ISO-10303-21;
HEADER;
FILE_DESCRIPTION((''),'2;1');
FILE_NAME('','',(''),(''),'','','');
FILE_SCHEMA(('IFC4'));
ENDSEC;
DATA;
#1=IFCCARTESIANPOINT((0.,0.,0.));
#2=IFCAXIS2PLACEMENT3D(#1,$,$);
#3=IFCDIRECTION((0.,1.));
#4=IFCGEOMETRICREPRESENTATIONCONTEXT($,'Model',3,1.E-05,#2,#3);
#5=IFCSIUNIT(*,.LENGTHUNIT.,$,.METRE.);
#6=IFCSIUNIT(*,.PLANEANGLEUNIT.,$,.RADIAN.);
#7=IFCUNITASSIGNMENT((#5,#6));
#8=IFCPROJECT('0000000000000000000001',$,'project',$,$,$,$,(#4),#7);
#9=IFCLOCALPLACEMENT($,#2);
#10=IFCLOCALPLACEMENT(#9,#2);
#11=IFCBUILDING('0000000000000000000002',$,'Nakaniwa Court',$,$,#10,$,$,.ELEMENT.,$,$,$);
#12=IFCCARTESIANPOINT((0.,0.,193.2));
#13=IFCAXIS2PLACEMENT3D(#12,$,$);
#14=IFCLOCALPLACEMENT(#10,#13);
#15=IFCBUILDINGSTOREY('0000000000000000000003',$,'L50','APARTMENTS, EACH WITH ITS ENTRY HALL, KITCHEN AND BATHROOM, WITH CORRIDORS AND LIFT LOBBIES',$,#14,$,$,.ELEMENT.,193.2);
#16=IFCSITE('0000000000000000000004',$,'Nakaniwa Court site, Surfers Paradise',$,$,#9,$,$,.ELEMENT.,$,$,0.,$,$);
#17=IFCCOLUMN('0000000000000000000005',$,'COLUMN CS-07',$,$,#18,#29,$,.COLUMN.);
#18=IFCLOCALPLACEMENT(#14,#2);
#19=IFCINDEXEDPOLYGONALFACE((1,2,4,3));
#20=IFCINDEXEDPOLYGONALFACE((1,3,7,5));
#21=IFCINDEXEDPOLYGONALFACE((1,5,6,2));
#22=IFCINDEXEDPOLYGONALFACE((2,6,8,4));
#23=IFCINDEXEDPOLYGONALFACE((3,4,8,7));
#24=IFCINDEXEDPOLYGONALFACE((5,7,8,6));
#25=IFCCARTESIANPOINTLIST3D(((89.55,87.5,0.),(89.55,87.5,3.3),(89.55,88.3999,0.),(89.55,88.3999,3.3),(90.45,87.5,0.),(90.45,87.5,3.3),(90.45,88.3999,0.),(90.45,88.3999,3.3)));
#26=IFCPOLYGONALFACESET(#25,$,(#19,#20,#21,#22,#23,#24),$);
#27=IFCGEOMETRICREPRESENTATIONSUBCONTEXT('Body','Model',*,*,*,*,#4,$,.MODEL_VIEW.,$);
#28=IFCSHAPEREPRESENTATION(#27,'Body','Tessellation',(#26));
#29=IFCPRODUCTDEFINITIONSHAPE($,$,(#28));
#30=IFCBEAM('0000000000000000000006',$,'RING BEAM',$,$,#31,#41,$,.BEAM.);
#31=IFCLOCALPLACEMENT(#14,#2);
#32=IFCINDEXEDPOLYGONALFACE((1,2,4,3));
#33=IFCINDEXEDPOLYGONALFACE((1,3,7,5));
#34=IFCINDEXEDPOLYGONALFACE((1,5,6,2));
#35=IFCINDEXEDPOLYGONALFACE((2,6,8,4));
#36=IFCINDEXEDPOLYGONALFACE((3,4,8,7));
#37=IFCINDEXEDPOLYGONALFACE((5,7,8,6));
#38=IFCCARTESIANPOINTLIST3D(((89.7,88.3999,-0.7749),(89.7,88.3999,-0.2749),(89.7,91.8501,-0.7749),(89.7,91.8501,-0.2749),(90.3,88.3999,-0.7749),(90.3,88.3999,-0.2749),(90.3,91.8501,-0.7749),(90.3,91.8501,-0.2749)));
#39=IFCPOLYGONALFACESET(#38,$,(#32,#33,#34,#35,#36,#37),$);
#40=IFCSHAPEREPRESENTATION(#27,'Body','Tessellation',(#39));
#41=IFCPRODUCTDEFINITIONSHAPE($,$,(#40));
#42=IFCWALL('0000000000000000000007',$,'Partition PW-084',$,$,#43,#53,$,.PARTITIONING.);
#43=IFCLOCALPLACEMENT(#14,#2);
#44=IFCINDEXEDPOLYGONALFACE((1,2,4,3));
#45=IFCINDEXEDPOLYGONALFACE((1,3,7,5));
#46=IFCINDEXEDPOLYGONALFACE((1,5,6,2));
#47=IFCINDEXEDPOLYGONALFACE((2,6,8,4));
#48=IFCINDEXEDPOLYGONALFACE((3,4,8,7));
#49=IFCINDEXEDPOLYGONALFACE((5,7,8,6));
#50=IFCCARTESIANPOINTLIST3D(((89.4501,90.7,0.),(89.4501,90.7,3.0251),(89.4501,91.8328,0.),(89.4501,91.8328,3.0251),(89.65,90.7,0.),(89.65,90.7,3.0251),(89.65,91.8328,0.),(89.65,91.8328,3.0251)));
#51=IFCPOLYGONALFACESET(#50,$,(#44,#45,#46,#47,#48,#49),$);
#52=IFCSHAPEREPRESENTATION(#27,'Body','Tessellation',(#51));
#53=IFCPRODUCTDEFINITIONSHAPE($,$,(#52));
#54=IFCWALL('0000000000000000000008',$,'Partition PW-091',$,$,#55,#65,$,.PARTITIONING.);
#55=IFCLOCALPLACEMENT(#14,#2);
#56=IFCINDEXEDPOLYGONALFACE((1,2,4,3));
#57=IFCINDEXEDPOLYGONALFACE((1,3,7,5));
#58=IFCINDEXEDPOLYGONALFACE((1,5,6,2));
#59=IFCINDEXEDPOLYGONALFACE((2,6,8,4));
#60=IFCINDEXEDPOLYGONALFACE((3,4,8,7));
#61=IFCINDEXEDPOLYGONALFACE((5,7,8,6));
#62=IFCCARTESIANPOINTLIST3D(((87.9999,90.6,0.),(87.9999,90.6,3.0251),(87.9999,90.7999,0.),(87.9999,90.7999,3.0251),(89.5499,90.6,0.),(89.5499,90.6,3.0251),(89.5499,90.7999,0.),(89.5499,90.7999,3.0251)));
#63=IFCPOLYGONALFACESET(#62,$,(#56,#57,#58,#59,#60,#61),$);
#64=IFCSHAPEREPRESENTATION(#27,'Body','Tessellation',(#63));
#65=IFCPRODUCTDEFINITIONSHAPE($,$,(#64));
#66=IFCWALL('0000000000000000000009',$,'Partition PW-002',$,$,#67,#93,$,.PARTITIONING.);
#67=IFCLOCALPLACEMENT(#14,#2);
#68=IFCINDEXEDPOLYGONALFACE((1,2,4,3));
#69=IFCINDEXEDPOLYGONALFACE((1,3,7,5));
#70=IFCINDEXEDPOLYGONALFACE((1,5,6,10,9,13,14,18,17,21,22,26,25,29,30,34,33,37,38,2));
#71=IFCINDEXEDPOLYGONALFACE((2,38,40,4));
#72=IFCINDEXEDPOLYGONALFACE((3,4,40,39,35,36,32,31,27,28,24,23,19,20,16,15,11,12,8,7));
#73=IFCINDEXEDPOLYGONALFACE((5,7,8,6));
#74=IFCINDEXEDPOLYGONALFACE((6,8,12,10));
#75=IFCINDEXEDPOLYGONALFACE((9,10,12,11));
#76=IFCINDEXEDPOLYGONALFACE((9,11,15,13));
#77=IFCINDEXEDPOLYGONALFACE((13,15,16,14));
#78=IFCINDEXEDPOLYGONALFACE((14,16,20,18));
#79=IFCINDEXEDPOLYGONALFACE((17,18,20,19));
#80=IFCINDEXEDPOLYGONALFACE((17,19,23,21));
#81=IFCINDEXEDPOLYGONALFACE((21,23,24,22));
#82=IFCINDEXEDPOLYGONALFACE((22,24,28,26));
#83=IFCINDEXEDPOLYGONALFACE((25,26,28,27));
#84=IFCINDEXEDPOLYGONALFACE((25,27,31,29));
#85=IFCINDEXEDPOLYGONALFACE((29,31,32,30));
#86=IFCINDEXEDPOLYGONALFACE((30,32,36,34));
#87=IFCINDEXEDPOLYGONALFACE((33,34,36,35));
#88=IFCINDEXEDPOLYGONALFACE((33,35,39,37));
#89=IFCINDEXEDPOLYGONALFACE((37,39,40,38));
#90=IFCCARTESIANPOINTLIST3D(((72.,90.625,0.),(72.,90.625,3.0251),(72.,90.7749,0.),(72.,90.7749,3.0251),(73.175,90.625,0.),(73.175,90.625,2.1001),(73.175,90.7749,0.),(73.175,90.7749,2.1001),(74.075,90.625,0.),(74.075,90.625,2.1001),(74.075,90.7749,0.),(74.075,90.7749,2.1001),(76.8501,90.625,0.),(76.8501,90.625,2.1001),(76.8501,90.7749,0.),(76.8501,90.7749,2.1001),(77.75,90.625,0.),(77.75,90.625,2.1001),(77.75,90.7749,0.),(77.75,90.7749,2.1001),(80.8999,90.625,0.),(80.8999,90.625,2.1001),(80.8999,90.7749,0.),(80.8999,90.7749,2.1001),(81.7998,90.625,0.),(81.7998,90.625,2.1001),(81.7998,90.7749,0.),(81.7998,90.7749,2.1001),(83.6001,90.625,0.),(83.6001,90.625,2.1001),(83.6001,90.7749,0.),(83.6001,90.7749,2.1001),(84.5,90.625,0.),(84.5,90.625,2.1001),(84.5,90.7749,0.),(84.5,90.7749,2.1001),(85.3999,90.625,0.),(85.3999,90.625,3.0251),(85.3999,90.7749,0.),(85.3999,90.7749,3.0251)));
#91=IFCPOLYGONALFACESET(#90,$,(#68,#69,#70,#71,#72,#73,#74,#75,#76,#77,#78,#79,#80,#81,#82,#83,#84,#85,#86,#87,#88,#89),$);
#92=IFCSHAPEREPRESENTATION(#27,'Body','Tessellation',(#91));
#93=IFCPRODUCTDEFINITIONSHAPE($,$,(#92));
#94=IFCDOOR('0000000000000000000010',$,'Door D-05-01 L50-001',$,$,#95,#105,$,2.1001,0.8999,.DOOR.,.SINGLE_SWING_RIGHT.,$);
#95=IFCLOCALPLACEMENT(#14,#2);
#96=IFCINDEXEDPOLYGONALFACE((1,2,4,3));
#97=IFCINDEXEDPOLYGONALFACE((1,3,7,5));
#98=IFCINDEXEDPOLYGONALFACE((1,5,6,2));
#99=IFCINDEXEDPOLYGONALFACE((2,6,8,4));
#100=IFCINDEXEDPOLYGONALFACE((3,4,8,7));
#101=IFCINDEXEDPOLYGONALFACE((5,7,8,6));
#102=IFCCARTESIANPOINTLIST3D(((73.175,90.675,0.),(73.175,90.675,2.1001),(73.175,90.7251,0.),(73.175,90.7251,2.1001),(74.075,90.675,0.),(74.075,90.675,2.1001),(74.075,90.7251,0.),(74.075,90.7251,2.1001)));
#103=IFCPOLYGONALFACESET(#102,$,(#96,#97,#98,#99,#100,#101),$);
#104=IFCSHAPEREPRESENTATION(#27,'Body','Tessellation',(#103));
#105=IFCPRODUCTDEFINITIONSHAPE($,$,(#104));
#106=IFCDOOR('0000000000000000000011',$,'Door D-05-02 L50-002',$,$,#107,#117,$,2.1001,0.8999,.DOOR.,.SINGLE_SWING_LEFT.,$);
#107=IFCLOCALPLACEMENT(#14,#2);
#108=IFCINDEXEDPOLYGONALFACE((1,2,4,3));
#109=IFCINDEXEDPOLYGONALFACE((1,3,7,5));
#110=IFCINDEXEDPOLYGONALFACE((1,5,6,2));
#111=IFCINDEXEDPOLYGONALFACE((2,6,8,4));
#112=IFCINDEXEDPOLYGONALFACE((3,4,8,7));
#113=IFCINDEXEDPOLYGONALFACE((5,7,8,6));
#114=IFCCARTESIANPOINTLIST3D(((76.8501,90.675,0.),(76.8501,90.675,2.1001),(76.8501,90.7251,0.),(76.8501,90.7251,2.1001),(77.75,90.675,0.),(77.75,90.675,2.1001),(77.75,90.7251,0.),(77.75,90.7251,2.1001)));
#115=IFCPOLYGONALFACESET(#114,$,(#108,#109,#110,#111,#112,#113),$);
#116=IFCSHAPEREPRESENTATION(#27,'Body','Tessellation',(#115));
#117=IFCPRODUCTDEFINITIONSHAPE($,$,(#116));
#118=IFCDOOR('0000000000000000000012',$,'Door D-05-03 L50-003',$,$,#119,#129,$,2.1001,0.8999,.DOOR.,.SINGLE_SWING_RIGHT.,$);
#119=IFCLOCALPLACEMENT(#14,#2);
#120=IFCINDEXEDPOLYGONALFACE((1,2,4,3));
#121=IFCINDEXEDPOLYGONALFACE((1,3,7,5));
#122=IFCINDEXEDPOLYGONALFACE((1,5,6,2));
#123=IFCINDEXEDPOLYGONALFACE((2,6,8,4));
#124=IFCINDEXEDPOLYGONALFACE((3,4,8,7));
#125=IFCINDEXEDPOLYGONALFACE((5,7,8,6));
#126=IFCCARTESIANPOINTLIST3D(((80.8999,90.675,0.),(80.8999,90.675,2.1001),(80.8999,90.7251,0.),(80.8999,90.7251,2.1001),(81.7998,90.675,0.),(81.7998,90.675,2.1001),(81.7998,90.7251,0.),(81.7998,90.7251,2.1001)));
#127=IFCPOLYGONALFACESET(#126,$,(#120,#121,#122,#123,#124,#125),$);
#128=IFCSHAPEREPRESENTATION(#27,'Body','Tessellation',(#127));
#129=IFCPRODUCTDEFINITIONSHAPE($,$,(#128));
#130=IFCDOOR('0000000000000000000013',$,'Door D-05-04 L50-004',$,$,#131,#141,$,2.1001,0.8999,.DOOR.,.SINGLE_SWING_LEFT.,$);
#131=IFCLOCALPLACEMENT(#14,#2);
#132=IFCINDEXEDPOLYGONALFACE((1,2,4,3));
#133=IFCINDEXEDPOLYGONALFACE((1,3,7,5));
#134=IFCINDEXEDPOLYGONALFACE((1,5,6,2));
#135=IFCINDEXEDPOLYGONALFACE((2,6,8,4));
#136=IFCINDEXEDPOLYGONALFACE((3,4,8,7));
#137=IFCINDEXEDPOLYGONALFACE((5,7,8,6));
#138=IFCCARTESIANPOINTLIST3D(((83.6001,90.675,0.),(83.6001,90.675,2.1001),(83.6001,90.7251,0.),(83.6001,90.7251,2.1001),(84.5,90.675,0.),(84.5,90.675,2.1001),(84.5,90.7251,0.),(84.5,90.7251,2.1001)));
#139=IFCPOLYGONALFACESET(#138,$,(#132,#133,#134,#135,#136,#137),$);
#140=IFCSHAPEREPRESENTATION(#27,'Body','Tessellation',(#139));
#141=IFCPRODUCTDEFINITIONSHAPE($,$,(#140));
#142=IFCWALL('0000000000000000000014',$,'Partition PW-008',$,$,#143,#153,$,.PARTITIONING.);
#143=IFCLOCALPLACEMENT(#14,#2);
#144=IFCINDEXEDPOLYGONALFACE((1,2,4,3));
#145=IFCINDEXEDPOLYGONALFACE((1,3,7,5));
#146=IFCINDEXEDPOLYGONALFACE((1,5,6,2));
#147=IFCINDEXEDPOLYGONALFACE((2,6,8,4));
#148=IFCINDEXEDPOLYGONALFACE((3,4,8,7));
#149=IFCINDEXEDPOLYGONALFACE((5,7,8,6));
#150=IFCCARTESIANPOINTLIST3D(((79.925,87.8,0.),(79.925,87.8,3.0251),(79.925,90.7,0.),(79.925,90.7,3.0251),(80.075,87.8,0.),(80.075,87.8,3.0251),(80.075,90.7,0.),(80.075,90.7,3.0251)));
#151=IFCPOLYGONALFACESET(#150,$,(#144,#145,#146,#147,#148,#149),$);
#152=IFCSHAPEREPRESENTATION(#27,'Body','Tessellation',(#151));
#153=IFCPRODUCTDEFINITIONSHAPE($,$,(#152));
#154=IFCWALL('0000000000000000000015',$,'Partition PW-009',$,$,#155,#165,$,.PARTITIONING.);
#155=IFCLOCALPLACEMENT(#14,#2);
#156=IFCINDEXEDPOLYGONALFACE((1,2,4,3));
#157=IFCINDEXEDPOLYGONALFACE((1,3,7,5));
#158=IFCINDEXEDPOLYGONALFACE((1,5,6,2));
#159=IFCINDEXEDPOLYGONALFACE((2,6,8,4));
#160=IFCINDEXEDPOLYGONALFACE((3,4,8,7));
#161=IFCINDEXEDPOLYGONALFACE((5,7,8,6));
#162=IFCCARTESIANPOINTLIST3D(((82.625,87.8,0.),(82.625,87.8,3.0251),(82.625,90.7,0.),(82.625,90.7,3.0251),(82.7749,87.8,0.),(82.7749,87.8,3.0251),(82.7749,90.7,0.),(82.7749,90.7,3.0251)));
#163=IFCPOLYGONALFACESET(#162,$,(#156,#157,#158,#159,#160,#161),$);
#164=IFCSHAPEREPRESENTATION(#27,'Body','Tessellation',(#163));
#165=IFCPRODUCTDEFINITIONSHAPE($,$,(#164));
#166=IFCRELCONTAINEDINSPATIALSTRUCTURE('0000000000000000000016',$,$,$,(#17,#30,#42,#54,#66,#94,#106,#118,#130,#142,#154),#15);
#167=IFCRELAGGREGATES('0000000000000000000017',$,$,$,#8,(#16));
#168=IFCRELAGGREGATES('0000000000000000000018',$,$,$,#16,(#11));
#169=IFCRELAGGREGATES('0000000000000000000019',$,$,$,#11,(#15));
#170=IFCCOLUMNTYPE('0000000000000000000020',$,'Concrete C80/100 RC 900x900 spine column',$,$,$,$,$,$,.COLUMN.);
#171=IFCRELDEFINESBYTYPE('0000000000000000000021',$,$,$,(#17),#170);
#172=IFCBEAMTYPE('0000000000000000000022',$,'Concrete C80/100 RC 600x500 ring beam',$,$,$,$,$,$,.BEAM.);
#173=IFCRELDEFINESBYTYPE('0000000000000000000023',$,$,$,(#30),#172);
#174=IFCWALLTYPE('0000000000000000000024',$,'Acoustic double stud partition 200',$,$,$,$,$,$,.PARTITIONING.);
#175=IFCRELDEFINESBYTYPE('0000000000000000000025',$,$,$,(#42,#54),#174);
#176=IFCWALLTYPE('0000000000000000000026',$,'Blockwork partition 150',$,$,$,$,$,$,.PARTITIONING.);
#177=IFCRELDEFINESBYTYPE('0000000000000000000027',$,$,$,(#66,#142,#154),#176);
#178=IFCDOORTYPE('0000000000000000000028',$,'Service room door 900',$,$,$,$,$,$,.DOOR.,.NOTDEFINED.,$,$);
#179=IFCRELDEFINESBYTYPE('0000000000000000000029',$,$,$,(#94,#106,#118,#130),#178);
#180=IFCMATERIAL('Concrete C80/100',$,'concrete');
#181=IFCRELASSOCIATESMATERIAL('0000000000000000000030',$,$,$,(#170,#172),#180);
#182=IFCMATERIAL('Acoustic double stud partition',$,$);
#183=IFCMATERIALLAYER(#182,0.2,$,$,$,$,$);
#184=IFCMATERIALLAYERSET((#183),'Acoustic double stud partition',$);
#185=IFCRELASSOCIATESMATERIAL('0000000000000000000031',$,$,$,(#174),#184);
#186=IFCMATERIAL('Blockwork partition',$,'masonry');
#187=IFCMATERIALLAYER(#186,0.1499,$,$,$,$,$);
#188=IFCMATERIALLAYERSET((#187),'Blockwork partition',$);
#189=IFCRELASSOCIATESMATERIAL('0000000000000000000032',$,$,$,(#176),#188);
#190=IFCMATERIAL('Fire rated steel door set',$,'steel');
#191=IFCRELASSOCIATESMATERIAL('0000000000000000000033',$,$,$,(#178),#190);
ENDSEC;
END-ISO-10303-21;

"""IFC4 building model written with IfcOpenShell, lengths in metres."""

from ifc_helpers import new_model, si_unit, direction, frame, frame_2d, origin, origin_2d, place, context, subcontext, project, spatial, rectangle, extrude, material, layer, layer_set, material_profile, profile_set, type_object, element, fill, save


model = new_model("IFC4")

# Units and contexts
model_context = context("Model", 3, precision=1e-05, world=origin(), true_north=direction((0.0, 1.0)))
body_context = subcontext(model_context, "Body", "Model", "MODEL_VIEW")
ifc_project = project(units=[si_unit("LENGTHUNIT", "METRE"), si_unit("PLANEANGLEUNIT", "RADIAN")], contexts=[model_context])

# Site, building, storey
site_placement = place(None, origin())
site = spatial("IfcSite", under=ifc_project, at=site_placement, Name="Nakaniwa Court site, Surfers Paradise", CompositionType="ELEMENT", RefElevation=0.0)
building_placement = place(site_placement, origin())
building = spatial("IfcBuilding", under=site, at=building_placement, Name="Nakaniwa Court", CompositionType="ELEMENT")
storey_placement = place(building_placement, frame((0.0, 0.0, 193.2)))
storey = spatial("IfcBuildingStorey", under=building, at=storey_placement, Name="L50", Description="APARTMENTS, EACH WITH ITS ENTRY HALL, KITCHEN AND BATHROOM, WITH CORRIDORS AND LIFT LOBBIES", CompositionType="ELEMENT", Elevation=193.2)

# Column
ifc_material_1 = material(Name="Concrete C80/100", Category="concrete")
ifc_material_profile_1 = material_profile(ifc_material_1, rectangle(XDim=0.8999, YDim=0.8999, at=origin_2d()), Name="Concrete C80/100 RC 900x900 spine column")
ifc_profile_set_1 = profile_set([ifc_material_profile_1], Name="Concrete C80/100")
column_type_1 = type_object("IfcColumnType", Name="Concrete C80/100 RC 900x900 spine column", PredefinedType="COLUMN", material=ifc_profile_set_1)
column_1_placement = place(storey_placement, frame((90.0, 87.95, 0.0), z_axis=(0.0, 0.0, 1.0), x_axis=(0.0, 1.0, 0.0)))
element("IfcColumn", 1, at=column_1_placement, inside=storey, type_object=column_type_1, Name="COLUMN CS-07", PredefinedType="COLUMN", context=body_context, shape_type="SweptSolid", body=[
    extrude(rectangle(XDim=0.8999, YDim=0.8999, at=origin_2d()), origin(), (0.0, 0.0, 1.0), 3.3),
])

# Beam
ifc_material_profile_2 = material_profile(ifc_material_1, rectangle(XDim=0.6001, YDim=0.5, at=origin_2d()), Name="Concrete C80/100 RC 600x500 ring beam")
ifc_profile_set_2 = profile_set([ifc_material_profile_2], Name="Concrete C80/100")
beam_type = type_object("IfcBeamType", Name="Concrete C80/100 RC 600x500 ring beam", PredefinedType="BEAM", material=ifc_profile_set_2)
beam_placement = place(storey_placement, frame((90.0, 88.3999, -0.5249), z_axis=(0.0, 1.0, 0.0), x_axis=(-1.0, 0.0, 0.0)))
element("IfcBeam", 2, at=beam_placement, inside=storey, type_object=beam_type, Name="RING BEAM", PredefinedType="BEAM", context=body_context, shape_type="SweptSolid", body=[
    extrude(rectangle(XDim=0.6001, YDim=0.5, at=origin_2d()), origin(), (0.0, 0.0, 1.0), 3.4502),
])

# Walls
ifc_material_2 = material(Name="Acoustic double stud partition")
ifc_layer_1 = layer(ifc_material_2, 0.2)
ifc_layer_set_1 = layer_set([ifc_layer_1], Name="Acoustic double stud partition")
wall_type_1 = type_object("IfcWallType", Name="Acoustic double stud partition 200", PredefinedType="PARTITIONING", material=ifc_layer_set_1)
wall_1_placement = place(storey_placement, frame((89.55, 90.7, 0.0), z_axis=(0.0, 0.0, 1.0), x_axis=(0.0, 1.0, 0.0)))
element("IfcWall", 3, at=wall_1_placement, inside=storey, type_object=wall_type_1, Name="Partition PW-084", PredefinedType="PARTITIONING", context=body_context, shape_type="SweptSolid", body=[
    extrude(rectangle(XDim=1.1328, YDim=0.2, at=frame_2d((0.5664, 0.0))), origin(), (0.0, 0.0, 1.0), 3.0251),
])
wall_2_placement = place(storey_placement, frame((88.0, 90.7, 0.0), z_axis=(0.0, 0.0, 1.0), x_axis=(1.0, 0.0, 0.0)))
element("IfcWall", 4, at=wall_2_placement, inside=storey, type_object=wall_type_1, Name="Partition PW-091", PredefinedType="PARTITIONING", context=body_context, shape_type="SweptSolid", body=[
    extrude(rectangle(XDim=1.55, YDim=0.2, at=frame_2d((0.7749, 0.0))), origin(), (0.0, 0.0, 1.0), 3.0251),
])

# Wall, openings, doors
ifc_material_3 = material(Name="Blockwork partition", Category="masonry")
ifc_layer_2 = layer(ifc_material_3, 0.1499)
ifc_layer_set_2 = layer_set([ifc_layer_2], Name="Blockwork partition")
wall_type_2 = type_object("IfcWallType", Name="Blockwork partition 150", PredefinedType="PARTITIONING", material=ifc_layer_set_2)
wall_3_placement = place(storey_placement, frame((85.3999, 90.7, 0.0), z_axis=(0.0, 0.0, 1.0), x_axis=(-1.0, 0.0, 0.0)))
wall_3 = element("IfcWall", 5, at=wall_3_placement, inside=storey, type_object=wall_type_2, Name="Partition PW-002", PredefinedType="PARTITIONING", context=body_context, shape_type="SweptSolid", body=[
    extrude(rectangle(XDim=13.3999, YDim=0.1499, at=frame_2d((6.7, 0.0))), origin(), (0.0, 0.0, 1.0), 3.0251),
])
opening_1_placement = place(wall_3_placement, frame((11.325, 0.0, 0.0)))
opening_1 = element("IfcOpeningElement", 6, at=opening_1_placement, cuts=wall_3, PredefinedType="OPENING", context=body_context, shape_type="SweptSolid", body=[
    extrude(rectangle(XDim=0.8999, YDim=2.1001, at=frame_2d((0.45, 1.05))), frame((0.0, 0.085, 0.0), z_axis=(0.0, -1.0, 0.0), x_axis=(1.0, 0.0, 0.0)), (0.0, 0.0, 1.0), 0.1699),
])
opening_2_placement = place(wall_3_placement, frame((7.6499, 0.0, 0.0)))
opening_2 = element("IfcOpeningElement", 7, at=opening_2_placement, cuts=wall_3, PredefinedType="OPENING", context=body_context, shape_type="SweptSolid", body=[
    extrude(rectangle(XDim=0.8999, YDim=2.1001, at=frame_2d((0.45, 1.05))), frame((0.0, 0.085, 0.0), z_axis=(0.0, -1.0, 0.0), x_axis=(1.0, 0.0, 0.0)), (0.0, 0.0, 1.0), 0.1699),
])
opening_3_placement = place(wall_3_placement, frame((3.6001, 0.0, 0.0)))
opening_3 = element("IfcOpeningElement", 8, at=opening_3_placement, cuts=wall_3, PredefinedType="OPENING", context=body_context, shape_type="SweptSolid", body=[
    extrude(rectangle(XDim=0.8999, YDim=2.1001, at=frame_2d((0.45, 1.05))), frame((0.0, 0.085, 0.0), z_axis=(0.0, -1.0, 0.0), x_axis=(1.0, 0.0, 0.0)), (0.0, 0.0, 1.0), 0.1699),
])
opening_4_placement = place(wall_3_placement, frame((0.8999, 0.0, 0.0)))
opening_4 = element("IfcOpeningElement", 9, at=opening_4_placement, cuts=wall_3, PredefinedType="OPENING", context=body_context, shape_type="SweptSolid", body=[
    extrude(rectangle(XDim=0.8999, YDim=2.1001, at=frame_2d((0.45, 1.05))), frame((0.0, 0.085, 0.0), z_axis=(0.0, -1.0, 0.0), x_axis=(1.0, 0.0, 0.0)), (0.0, 0.0, 1.0), 0.1699),
])
ifc_material_4 = material(Name="Fire rated steel door set", Category="steel")
door_type_1 = type_object("IfcDoorType", Name="Service room door 900", OperationType="NOTDEFINED", PredefinedType="DOOR", material=ifc_material_4)
door_1_placement = place(opening_1_placement, origin())
door_1 = element("IfcDoor", 10, at=door_1_placement, inside=storey, type_object=door_type_1, Name="Door D-05-01 L50-001", OperationType="SINGLE_SWING_RIGHT", OverallHeight=2.1001, OverallWidth=0.8999, PredefinedType="DOOR", context=body_context, shape_type="SweptSolid", body=[
    extrude(rectangle(XDim=0.8999, YDim=2.1001, at=frame_2d((0.45, 1.05))), frame((0.0, 0.0249, 0.0), z_axis=(0.0, -1.0, 0.0), x_axis=(1.0, 0.0, 0.0)), (0.0, 0.0, 1.0), 0.05),
])
fill(opening_1, door_1)
door_2_placement = place(opening_2_placement, origin())
door_2 = element("IfcDoor", 11, at=door_2_placement, inside=storey, type_object=door_type_1, Name="Door D-05-02 L50-002", OperationType="SINGLE_SWING_LEFT", OverallHeight=2.1001, OverallWidth=0.8999, PredefinedType="DOOR", context=body_context, shape_type="SweptSolid", body=[
    extrude(rectangle(XDim=0.8999, YDim=2.1001, at=frame_2d((0.45, 1.05))), frame((0.0, 0.0249, 0.0), z_axis=(0.0, -1.0, 0.0), x_axis=(1.0, 0.0, 0.0)), (0.0, 0.0, 1.0), 0.05),
])
fill(opening_2, door_2)
door_3_placement = place(opening_3_placement, origin())
door_3 = element("IfcDoor", 12, at=door_3_placement, inside=storey, type_object=door_type_1, Name="Door D-05-03 L50-003", OperationType="SINGLE_SWING_RIGHT", OverallHeight=2.1001, OverallWidth=0.8999, PredefinedType="DOOR", context=body_context, shape_type="SweptSolid", body=[
    extrude(rectangle(XDim=0.8999, YDim=2.1001, at=frame_2d((0.45, 1.05))), frame((0.0, 0.0249, 0.0), z_axis=(0.0, -1.0, 0.0), x_axis=(1.0, 0.0, 0.0)), (0.0, 0.0, 1.0), 0.05),
])
fill(opening_3, door_3)
door_4_placement = place(opening_4_placement, origin())
door_4 = element("IfcDoor", 13, at=door_4_placement, inside=storey, type_object=door_type_1, Name="Door D-05-04 L50-004", OperationType="SINGLE_SWING_LEFT", OverallHeight=2.1001, OverallWidth=0.8999, PredefinedType="DOOR", context=body_context, shape_type="SweptSolid", body=[
    extrude(rectangle(XDim=0.8999, YDim=2.1001, at=frame_2d((0.45, 1.05))), frame((0.0, 0.0249, 0.0), z_axis=(0.0, -1.0, 0.0), x_axis=(1.0, 0.0, 0.0)), (0.0, 0.0, 1.0), 0.05),
])
fill(opening_4, door_4)

# Walls
for number, where, z_axis, x_axis, name in (
    (14, (80.0, 87.8, 0.0), (0.0, 0.0, 1.0), (0.0, 1.0, 0.0), "Partition PW-008"),
    (15, (82.7, 87.8, 0.0), (0.0, 0.0, 1.0), (0.0, 1.0, 0.0), "Partition PW-009"),
):
    element("IfcWall", number, at=place(storey_placement, frame(where, z_axis=z_axis, x_axis=x_axis)), inside=storey, type_object=wall_type_2, Name=name, PredefinedType="PARTITIONING", context=body_context, shape_type="SweptSolid", body=[
        extrude(rectangle(XDim=2.8999, YDim=0.1499, at=frame_2d((1.45, 0.0))), origin(), (0.0, 0.0, 1.0), 3.0251),
    ])

save(model, "model.ifc")
